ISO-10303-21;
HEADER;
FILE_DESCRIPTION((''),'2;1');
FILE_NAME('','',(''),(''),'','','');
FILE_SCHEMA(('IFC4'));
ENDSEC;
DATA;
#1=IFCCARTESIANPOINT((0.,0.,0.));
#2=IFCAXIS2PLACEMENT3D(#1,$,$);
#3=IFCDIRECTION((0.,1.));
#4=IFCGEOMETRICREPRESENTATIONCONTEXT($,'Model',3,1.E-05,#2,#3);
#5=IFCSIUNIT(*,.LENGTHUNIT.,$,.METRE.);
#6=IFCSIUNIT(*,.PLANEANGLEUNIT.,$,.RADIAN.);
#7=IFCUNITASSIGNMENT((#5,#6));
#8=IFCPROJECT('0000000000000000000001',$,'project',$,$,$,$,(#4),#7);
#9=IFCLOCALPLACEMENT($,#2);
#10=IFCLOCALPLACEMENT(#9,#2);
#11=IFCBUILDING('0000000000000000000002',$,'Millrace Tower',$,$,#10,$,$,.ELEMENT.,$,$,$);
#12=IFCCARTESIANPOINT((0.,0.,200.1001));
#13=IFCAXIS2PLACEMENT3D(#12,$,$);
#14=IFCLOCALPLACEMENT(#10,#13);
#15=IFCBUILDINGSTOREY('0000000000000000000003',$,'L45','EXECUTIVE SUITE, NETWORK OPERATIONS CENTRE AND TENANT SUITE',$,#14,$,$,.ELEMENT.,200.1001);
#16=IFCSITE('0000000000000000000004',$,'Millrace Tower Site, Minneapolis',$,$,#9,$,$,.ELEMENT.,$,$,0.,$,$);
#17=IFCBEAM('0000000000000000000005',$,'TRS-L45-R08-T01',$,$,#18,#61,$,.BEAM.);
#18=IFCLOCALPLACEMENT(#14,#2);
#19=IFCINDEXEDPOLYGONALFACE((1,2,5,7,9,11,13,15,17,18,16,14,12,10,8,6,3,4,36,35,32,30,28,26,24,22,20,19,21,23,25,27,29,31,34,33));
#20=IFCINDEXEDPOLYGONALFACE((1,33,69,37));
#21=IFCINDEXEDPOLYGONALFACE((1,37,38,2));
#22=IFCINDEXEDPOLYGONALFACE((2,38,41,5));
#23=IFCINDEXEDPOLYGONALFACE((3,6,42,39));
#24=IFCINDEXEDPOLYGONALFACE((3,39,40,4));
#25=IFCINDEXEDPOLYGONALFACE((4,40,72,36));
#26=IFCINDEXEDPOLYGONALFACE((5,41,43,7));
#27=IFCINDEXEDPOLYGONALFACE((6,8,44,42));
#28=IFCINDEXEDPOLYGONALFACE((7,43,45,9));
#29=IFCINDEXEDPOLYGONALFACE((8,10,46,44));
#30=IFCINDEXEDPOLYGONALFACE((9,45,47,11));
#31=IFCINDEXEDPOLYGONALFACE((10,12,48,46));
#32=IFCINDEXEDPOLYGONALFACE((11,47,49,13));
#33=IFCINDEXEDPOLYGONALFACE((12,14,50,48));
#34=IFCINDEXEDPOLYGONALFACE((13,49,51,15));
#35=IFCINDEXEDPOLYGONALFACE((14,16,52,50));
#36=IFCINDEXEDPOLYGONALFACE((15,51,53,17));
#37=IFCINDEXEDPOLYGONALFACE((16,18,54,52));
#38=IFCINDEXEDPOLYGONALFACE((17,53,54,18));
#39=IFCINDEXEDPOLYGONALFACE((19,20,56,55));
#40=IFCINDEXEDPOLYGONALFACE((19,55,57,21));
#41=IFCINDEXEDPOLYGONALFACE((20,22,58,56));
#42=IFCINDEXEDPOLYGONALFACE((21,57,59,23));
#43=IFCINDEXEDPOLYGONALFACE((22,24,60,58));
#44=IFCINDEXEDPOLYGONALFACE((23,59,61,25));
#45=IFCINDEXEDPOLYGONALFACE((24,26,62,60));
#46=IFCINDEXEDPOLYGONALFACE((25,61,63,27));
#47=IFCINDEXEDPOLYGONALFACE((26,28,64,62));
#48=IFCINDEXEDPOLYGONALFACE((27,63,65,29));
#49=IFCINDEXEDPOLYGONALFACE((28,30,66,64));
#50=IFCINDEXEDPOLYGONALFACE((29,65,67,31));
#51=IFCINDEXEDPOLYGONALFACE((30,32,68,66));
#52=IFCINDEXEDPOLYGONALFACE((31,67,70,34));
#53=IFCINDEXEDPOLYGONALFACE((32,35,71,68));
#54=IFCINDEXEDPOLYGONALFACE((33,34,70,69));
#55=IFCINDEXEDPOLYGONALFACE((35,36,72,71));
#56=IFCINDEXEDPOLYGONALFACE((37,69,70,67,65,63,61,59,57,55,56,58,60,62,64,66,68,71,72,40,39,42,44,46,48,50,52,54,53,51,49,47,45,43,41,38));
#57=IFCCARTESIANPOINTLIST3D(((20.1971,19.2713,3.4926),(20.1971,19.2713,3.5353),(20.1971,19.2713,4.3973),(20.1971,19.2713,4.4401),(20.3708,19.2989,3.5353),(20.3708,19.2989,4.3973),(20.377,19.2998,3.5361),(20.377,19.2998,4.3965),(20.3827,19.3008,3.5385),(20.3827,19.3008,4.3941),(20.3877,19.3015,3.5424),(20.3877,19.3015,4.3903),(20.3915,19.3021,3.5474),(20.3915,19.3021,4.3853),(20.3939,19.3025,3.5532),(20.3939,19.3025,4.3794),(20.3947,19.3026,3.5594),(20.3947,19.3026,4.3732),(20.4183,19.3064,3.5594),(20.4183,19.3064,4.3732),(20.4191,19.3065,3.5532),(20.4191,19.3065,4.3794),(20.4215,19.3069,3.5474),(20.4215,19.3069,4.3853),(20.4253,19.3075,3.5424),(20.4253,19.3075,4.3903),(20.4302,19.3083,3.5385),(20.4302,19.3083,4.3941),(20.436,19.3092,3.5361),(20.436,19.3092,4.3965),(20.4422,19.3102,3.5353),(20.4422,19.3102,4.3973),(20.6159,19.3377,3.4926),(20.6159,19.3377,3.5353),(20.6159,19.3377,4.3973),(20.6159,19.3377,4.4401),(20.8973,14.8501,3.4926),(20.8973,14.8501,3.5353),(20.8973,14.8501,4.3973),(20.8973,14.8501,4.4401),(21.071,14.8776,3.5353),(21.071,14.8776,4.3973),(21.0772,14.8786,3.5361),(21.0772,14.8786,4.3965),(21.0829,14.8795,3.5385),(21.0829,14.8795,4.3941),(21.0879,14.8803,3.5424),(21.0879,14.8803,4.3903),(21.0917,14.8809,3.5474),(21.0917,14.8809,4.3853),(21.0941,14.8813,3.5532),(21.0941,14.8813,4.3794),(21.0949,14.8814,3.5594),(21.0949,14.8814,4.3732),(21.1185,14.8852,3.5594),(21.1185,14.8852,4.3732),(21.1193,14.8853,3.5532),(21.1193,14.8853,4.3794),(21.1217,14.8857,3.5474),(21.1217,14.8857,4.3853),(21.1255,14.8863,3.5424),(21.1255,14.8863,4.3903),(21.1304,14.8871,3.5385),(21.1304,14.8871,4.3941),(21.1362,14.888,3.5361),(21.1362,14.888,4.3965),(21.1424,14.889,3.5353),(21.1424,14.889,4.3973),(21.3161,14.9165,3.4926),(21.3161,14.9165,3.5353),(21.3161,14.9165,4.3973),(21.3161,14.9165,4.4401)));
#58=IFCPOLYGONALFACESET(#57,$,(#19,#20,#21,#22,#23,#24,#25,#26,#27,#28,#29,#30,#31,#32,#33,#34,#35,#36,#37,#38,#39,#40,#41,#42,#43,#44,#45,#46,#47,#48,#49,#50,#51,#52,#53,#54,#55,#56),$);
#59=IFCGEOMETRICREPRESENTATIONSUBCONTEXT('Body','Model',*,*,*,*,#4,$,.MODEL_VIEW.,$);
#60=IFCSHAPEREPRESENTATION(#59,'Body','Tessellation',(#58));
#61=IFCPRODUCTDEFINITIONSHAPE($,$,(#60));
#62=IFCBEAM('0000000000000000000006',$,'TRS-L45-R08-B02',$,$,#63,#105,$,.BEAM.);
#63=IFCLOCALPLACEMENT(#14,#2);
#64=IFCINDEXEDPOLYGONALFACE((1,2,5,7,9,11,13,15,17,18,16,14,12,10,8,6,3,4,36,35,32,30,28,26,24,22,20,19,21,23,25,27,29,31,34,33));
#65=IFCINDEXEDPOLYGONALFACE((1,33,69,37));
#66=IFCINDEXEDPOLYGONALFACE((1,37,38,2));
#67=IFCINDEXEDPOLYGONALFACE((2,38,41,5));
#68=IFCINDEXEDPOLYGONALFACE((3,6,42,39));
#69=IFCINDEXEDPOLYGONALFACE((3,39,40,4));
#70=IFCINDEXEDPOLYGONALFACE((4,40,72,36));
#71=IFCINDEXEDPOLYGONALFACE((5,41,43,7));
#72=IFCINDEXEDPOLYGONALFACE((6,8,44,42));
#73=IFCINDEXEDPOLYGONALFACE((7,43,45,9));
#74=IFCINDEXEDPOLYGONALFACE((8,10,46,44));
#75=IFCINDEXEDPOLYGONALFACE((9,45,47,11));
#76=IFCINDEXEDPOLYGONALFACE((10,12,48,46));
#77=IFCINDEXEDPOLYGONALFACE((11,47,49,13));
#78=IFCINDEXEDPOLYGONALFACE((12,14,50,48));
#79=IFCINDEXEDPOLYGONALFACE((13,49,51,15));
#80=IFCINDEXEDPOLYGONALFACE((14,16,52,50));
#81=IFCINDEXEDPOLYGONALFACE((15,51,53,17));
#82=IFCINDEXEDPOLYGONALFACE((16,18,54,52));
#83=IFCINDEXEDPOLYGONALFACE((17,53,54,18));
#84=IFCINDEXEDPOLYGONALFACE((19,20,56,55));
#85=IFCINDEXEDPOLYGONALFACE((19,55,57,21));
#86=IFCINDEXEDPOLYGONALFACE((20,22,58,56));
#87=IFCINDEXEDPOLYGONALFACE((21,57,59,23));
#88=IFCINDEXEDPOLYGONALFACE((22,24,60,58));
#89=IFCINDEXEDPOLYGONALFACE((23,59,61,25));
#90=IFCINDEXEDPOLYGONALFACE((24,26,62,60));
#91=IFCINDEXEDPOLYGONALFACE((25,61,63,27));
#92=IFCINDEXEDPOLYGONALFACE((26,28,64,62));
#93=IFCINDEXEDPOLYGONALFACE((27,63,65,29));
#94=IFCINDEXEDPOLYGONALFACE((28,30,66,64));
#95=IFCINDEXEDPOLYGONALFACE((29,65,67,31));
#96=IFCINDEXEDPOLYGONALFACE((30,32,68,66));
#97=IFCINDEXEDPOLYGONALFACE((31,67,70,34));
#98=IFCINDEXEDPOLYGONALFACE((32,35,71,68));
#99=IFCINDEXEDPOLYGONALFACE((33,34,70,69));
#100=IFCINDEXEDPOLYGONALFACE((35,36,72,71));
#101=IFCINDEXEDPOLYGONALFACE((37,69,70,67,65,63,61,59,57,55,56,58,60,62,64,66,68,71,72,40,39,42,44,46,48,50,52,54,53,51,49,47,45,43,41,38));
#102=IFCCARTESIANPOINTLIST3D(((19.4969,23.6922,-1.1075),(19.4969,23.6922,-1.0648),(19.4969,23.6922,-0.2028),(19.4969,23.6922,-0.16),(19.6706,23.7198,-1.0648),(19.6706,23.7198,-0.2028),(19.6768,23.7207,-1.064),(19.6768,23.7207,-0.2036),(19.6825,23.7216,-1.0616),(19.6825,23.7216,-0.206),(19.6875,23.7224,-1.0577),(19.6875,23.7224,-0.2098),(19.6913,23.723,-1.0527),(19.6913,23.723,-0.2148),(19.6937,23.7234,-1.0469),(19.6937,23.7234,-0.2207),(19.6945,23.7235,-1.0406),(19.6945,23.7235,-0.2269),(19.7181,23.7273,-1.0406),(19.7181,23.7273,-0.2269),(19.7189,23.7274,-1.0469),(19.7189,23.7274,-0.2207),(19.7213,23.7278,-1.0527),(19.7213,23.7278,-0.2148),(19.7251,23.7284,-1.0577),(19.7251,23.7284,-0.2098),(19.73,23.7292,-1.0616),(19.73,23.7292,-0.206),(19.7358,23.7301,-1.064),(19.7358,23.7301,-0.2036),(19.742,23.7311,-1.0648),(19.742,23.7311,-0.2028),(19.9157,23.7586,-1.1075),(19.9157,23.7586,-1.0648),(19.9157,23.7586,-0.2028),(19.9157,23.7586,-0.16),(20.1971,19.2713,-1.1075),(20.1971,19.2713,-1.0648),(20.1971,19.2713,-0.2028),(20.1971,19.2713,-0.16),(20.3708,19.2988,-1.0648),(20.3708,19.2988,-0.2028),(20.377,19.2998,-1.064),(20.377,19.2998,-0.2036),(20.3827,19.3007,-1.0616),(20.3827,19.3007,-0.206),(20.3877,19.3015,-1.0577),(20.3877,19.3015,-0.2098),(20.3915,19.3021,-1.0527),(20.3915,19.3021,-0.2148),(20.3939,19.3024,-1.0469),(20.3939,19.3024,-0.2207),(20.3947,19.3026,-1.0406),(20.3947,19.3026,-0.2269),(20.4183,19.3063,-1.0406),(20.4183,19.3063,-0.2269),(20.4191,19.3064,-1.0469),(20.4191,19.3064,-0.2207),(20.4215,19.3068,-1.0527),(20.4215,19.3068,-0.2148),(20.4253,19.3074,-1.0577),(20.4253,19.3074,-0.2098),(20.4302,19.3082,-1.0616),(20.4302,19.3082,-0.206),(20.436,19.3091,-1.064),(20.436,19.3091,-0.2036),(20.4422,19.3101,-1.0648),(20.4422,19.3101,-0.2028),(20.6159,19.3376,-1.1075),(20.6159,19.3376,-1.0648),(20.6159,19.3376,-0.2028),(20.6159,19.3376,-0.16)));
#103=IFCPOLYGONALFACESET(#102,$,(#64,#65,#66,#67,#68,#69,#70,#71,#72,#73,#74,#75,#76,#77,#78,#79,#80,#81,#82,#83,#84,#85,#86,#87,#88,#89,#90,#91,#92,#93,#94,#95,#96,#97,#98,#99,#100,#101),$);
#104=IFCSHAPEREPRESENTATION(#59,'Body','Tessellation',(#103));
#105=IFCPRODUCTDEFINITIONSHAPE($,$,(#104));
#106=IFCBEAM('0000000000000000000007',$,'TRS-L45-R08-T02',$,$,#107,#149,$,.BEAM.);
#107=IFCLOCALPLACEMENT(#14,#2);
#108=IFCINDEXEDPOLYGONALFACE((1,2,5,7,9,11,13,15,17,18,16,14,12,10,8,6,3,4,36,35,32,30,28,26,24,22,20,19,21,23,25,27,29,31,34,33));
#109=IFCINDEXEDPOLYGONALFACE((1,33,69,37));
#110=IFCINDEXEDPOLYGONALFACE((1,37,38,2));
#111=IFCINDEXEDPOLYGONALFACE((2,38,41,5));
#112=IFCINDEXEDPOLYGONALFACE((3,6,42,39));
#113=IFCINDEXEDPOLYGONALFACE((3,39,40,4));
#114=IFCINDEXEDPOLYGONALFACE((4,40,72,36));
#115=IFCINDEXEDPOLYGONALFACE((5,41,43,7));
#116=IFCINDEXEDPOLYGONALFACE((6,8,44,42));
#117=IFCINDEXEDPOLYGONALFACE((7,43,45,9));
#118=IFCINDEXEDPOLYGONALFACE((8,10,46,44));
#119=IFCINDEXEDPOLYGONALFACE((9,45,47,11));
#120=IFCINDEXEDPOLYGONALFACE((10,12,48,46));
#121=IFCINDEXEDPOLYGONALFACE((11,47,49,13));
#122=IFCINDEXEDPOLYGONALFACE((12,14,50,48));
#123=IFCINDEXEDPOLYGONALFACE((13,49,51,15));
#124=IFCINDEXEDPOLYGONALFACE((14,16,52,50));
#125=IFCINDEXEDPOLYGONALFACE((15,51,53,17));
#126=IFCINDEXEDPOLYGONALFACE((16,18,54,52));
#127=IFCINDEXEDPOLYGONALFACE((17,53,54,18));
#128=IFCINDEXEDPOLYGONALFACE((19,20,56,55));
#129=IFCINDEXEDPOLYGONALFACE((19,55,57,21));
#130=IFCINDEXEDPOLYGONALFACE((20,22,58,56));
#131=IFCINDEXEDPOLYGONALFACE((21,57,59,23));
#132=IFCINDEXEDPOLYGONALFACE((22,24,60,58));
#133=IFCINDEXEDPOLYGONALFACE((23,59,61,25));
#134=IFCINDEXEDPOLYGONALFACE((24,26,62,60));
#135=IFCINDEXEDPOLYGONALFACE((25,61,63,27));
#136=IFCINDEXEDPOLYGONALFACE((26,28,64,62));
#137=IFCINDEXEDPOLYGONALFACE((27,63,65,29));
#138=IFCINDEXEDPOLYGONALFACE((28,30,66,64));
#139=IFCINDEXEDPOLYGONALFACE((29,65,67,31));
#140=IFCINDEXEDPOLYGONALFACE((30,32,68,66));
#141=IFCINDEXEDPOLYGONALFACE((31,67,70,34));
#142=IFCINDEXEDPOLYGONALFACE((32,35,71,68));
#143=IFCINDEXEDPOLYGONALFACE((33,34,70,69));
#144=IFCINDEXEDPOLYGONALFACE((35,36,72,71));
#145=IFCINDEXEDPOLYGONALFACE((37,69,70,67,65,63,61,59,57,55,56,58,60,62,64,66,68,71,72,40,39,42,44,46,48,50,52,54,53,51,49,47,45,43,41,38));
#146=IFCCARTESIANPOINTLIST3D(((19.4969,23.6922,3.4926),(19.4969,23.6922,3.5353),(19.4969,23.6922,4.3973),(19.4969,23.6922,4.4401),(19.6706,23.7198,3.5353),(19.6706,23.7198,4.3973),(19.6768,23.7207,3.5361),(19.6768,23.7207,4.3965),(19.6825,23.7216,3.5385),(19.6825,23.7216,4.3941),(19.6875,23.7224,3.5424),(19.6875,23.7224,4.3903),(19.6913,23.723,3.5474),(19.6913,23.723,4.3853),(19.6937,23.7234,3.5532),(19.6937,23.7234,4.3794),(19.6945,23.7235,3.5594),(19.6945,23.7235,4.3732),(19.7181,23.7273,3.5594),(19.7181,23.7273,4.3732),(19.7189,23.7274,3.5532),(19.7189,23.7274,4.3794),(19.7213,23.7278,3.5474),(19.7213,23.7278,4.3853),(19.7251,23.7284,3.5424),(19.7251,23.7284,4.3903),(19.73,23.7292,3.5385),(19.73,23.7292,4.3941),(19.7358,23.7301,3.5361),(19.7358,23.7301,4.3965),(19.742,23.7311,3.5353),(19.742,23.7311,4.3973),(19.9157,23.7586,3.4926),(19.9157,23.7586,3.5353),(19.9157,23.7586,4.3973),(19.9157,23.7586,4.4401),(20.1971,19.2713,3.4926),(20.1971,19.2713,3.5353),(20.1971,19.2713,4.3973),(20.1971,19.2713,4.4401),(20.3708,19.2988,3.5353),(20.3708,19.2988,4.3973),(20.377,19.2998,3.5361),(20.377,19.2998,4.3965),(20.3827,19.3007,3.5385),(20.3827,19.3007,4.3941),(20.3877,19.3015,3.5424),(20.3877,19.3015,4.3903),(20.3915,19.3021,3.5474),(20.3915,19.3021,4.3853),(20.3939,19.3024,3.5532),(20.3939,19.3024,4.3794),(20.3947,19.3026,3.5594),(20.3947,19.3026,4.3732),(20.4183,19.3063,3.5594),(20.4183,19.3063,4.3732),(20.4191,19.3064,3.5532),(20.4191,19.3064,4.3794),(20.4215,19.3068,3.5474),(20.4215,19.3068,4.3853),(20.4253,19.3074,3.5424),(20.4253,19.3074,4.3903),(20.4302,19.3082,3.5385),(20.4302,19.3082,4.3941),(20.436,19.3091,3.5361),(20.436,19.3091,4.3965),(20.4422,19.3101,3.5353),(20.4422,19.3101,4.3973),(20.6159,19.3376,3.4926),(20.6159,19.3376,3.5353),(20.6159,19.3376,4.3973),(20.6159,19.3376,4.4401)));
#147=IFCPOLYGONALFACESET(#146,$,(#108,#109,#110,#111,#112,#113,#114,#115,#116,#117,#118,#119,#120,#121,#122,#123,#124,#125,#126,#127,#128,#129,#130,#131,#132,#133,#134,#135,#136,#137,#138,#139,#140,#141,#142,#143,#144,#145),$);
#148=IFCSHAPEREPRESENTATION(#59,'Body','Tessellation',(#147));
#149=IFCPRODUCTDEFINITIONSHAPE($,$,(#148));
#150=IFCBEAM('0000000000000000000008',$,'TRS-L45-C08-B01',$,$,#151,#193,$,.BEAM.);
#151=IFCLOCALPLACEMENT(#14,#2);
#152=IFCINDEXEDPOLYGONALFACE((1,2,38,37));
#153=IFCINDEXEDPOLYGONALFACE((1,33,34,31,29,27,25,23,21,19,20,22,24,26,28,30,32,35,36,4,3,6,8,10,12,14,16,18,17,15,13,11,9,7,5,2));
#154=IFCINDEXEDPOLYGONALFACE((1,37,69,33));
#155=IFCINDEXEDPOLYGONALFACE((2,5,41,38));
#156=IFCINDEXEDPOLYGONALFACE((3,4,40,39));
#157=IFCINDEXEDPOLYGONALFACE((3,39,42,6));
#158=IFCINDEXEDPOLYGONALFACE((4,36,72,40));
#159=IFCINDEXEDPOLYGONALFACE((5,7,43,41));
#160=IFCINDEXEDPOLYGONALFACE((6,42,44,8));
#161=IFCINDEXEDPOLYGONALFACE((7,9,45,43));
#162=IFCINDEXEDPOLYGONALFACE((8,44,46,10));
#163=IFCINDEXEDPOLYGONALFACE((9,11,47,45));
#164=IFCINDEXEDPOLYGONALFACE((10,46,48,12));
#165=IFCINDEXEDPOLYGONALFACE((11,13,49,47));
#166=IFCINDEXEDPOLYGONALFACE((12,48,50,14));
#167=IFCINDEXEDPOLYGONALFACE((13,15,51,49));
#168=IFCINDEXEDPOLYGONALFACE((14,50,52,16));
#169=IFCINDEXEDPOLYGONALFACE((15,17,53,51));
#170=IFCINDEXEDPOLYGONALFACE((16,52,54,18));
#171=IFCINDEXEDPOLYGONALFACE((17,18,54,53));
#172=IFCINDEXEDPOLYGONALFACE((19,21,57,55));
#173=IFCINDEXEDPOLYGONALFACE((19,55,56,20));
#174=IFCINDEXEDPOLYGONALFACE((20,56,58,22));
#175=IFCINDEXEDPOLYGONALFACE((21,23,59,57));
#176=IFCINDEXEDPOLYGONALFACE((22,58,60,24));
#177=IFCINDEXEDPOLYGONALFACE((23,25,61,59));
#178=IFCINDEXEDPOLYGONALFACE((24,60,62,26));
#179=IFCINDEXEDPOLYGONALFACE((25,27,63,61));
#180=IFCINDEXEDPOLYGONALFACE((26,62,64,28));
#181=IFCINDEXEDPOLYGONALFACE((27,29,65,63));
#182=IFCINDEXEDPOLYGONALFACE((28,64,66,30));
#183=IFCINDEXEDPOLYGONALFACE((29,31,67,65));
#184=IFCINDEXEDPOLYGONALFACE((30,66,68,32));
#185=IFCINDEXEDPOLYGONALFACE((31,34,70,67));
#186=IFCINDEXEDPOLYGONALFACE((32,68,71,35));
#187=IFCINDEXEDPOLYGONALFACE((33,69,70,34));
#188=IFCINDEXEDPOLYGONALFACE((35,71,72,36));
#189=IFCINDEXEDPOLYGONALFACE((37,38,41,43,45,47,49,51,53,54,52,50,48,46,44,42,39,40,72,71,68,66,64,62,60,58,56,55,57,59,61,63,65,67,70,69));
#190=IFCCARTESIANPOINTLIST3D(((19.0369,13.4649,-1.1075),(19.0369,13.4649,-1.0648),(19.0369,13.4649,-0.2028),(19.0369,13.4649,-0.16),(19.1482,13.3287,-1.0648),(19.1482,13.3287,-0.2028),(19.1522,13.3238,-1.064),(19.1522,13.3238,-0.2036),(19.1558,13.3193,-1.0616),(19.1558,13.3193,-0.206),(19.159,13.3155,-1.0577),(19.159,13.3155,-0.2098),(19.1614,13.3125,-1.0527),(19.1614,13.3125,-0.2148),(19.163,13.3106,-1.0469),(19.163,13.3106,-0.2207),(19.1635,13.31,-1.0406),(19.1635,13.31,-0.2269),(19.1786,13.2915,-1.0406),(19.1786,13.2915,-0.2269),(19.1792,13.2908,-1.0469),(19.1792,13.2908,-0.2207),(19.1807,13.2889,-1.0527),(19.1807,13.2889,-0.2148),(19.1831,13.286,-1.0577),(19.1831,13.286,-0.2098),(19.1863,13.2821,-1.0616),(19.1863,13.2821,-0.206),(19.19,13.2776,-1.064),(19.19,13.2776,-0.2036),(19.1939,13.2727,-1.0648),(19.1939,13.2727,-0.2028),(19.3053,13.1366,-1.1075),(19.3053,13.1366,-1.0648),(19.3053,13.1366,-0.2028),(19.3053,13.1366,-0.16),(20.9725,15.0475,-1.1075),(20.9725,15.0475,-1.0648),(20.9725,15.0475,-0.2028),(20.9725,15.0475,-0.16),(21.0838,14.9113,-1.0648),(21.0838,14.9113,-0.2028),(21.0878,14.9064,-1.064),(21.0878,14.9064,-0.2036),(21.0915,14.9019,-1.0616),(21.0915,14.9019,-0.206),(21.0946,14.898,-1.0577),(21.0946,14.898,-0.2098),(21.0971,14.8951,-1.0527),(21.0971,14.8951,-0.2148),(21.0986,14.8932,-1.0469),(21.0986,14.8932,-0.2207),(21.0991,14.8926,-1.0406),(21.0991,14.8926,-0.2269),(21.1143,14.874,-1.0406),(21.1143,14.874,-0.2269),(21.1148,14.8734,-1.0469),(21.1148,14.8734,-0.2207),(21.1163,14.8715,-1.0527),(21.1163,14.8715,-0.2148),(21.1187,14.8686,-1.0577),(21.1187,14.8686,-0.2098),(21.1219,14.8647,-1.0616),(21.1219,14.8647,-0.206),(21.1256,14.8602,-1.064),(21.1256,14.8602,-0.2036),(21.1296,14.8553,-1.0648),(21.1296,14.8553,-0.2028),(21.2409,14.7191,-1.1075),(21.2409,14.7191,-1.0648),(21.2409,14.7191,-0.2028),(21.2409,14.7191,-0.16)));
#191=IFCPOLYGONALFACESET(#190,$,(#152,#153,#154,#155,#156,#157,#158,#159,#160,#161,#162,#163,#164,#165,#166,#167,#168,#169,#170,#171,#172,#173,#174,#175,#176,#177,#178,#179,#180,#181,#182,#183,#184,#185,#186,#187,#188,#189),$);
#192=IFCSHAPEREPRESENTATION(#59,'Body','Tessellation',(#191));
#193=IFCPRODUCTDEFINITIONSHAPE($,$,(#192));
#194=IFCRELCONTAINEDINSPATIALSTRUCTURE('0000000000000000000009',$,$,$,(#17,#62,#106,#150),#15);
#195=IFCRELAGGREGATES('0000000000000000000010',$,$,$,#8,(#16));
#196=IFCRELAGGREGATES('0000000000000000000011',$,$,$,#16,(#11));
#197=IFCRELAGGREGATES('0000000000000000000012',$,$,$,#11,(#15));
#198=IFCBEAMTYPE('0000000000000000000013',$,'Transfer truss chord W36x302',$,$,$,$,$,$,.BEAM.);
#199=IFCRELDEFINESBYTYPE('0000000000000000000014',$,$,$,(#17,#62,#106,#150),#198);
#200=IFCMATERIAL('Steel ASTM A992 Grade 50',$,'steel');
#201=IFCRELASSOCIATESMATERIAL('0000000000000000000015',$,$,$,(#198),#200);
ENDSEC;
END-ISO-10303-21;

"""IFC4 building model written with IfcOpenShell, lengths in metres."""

from ifc_helpers import new_model, si_unit, direction, frame, origin, origin_2d, place, context, subcontext, project, spatial, i_section, extrude, material, material_profile, profile_set, type_object, element, save


model = new_model("IFC4")

# Units and contexts
model_context = context("Model", 3, precision=1e-05, world=origin(), true_north=direction((0.0, 1.0)))
body_context = subcontext(model_context, "Body", "Model", "MODEL_VIEW")
ifc_project = project(units=[si_unit("LENGTHUNIT", "METRE"), si_unit("PLANEANGLEUNIT", "RADIAN")], contexts=[model_context])

# Site, building, storey
site_placement = place(None, origin())
site = spatial("IfcSite", under=ifc_project, at=site_placement, Name="Millrace Tower Site, Minneapolis", CompositionType="ELEMENT", RefElevation=0.0)
building_placement = place(site_placement, origin())
building = spatial("IfcBuilding", under=site, at=building_placement, Name="Millrace Tower", CompositionType="ELEMENT")
storey_placement = place(building_placement, frame((0.0, 0.0, 200.1001)))
storey = spatial("IfcBuildingStorey", under=building, at=storey_placement, Name="L45", Description="EXECUTIVE SUITE, NETWORK OPERATIONS CENTRE AND TENANT SUITE", CompositionType="ELEMENT", Elevation=200.1001)

# Beams
ifc_material_1 = material(Name="Steel ASTM A992 Grade 50", Category="steel")
ifc_material_profile_1 = material_profile(ifc_material_1, i_section(OverallWidth=0.4241, OverallDepth=0.9475, WebThickness=0.0239, FlangeThickness=0.0427, FilletRadius=0.0242, at=origin_2d()))
ifc_profile_set_1 = profile_set([ifc_material_profile_1], Name="Steel ASTM A992 Grade 50")
beam_type_1 = type_object("IfcBeamType", Name="Transfer truss chord W36x302", PredefinedType="BEAM", material=ifc_profile_set_1)
for number, where, z_axis, x_axis, name in (
    (1, (21.1067, 14.8833, 3.9663), (-0.156425, 0.98769, 0.0), (-0.98769, -0.156425, 0.0), "TRS-L45-R08-T01"),
):
    element("IfcBeam", number, at=place(storey_placement, frame(where, z_axis=z_axis, x_axis=x_axis)), inside=storey, type_object=beam_type_1, Name=name, PredefinedType="BEAM", context=body_context, shape_type="SweptSolid", body=[
        extrude(i_section(OverallWidth=0.4241, OverallDepth=0.9475, WebThickness=0.0239, FlangeThickness=0.0427, FilletRadius=0.0242, at=origin_2d()), origin(), (0.0, 0.0, 1.0), 4.4763),
    ])
for number, where, z_axis, x_axis, name in (
    (2, (20.4065, 19.3044, -0.6338), (-0.156433, 0.987689, 0.0), (-0.987689, -0.156433, 0.0), "TRS-L45-R08-B02"),
    (3, (20.4065, 19.3044, 3.9663), (-0.156433, 0.987689, 0.0), (-0.987689, -0.156433, 0.0), "TRS-L45-R08-T02"),
):
    element("IfcBeam", number, at=place(storey_placement, frame(where, z_axis=z_axis, x_axis=x_axis)), inside=storey, type_object=beam_type_1, Name=name, PredefinedType="BEAM", context=body_context, shape_type="SweptSolid", body=[
        extrude(i_section(OverallWidth=0.4241, OverallDepth=0.9475, WebThickness=0.0239, FlangeThickness=0.0427, FilletRadius=0.0242, at=origin_2d()), origin(), (0.0, 0.0, 1.0), 4.4761),
    ])
for number, where, z_axis, x_axis, name in (
    (4, (21.1067, 14.8833, -0.6338), (-0.774175, -0.632972, 0.0), (0.632972, -0.774175, 0.0), "TRS-L45-C08-B01"),
):
    element("IfcBeam", number, at=place(storey_placement, frame(where, z_axis=z_axis, x_axis=x_axis)), inside=storey, type_object=beam_type_1, Name=name, PredefinedType="BEAM", context=body_context, shape_type="SweptSolid", body=[
        extrude(i_section(OverallWidth=0.4241, OverallDepth=0.9475, WebThickness=0.0239, FlangeThickness=0.0427, FilletRadius=0.0242, at=origin_2d()), origin(), (0.0, 0.0, 1.0), 2.5002),
    ])

save(model, "model.ifc")
